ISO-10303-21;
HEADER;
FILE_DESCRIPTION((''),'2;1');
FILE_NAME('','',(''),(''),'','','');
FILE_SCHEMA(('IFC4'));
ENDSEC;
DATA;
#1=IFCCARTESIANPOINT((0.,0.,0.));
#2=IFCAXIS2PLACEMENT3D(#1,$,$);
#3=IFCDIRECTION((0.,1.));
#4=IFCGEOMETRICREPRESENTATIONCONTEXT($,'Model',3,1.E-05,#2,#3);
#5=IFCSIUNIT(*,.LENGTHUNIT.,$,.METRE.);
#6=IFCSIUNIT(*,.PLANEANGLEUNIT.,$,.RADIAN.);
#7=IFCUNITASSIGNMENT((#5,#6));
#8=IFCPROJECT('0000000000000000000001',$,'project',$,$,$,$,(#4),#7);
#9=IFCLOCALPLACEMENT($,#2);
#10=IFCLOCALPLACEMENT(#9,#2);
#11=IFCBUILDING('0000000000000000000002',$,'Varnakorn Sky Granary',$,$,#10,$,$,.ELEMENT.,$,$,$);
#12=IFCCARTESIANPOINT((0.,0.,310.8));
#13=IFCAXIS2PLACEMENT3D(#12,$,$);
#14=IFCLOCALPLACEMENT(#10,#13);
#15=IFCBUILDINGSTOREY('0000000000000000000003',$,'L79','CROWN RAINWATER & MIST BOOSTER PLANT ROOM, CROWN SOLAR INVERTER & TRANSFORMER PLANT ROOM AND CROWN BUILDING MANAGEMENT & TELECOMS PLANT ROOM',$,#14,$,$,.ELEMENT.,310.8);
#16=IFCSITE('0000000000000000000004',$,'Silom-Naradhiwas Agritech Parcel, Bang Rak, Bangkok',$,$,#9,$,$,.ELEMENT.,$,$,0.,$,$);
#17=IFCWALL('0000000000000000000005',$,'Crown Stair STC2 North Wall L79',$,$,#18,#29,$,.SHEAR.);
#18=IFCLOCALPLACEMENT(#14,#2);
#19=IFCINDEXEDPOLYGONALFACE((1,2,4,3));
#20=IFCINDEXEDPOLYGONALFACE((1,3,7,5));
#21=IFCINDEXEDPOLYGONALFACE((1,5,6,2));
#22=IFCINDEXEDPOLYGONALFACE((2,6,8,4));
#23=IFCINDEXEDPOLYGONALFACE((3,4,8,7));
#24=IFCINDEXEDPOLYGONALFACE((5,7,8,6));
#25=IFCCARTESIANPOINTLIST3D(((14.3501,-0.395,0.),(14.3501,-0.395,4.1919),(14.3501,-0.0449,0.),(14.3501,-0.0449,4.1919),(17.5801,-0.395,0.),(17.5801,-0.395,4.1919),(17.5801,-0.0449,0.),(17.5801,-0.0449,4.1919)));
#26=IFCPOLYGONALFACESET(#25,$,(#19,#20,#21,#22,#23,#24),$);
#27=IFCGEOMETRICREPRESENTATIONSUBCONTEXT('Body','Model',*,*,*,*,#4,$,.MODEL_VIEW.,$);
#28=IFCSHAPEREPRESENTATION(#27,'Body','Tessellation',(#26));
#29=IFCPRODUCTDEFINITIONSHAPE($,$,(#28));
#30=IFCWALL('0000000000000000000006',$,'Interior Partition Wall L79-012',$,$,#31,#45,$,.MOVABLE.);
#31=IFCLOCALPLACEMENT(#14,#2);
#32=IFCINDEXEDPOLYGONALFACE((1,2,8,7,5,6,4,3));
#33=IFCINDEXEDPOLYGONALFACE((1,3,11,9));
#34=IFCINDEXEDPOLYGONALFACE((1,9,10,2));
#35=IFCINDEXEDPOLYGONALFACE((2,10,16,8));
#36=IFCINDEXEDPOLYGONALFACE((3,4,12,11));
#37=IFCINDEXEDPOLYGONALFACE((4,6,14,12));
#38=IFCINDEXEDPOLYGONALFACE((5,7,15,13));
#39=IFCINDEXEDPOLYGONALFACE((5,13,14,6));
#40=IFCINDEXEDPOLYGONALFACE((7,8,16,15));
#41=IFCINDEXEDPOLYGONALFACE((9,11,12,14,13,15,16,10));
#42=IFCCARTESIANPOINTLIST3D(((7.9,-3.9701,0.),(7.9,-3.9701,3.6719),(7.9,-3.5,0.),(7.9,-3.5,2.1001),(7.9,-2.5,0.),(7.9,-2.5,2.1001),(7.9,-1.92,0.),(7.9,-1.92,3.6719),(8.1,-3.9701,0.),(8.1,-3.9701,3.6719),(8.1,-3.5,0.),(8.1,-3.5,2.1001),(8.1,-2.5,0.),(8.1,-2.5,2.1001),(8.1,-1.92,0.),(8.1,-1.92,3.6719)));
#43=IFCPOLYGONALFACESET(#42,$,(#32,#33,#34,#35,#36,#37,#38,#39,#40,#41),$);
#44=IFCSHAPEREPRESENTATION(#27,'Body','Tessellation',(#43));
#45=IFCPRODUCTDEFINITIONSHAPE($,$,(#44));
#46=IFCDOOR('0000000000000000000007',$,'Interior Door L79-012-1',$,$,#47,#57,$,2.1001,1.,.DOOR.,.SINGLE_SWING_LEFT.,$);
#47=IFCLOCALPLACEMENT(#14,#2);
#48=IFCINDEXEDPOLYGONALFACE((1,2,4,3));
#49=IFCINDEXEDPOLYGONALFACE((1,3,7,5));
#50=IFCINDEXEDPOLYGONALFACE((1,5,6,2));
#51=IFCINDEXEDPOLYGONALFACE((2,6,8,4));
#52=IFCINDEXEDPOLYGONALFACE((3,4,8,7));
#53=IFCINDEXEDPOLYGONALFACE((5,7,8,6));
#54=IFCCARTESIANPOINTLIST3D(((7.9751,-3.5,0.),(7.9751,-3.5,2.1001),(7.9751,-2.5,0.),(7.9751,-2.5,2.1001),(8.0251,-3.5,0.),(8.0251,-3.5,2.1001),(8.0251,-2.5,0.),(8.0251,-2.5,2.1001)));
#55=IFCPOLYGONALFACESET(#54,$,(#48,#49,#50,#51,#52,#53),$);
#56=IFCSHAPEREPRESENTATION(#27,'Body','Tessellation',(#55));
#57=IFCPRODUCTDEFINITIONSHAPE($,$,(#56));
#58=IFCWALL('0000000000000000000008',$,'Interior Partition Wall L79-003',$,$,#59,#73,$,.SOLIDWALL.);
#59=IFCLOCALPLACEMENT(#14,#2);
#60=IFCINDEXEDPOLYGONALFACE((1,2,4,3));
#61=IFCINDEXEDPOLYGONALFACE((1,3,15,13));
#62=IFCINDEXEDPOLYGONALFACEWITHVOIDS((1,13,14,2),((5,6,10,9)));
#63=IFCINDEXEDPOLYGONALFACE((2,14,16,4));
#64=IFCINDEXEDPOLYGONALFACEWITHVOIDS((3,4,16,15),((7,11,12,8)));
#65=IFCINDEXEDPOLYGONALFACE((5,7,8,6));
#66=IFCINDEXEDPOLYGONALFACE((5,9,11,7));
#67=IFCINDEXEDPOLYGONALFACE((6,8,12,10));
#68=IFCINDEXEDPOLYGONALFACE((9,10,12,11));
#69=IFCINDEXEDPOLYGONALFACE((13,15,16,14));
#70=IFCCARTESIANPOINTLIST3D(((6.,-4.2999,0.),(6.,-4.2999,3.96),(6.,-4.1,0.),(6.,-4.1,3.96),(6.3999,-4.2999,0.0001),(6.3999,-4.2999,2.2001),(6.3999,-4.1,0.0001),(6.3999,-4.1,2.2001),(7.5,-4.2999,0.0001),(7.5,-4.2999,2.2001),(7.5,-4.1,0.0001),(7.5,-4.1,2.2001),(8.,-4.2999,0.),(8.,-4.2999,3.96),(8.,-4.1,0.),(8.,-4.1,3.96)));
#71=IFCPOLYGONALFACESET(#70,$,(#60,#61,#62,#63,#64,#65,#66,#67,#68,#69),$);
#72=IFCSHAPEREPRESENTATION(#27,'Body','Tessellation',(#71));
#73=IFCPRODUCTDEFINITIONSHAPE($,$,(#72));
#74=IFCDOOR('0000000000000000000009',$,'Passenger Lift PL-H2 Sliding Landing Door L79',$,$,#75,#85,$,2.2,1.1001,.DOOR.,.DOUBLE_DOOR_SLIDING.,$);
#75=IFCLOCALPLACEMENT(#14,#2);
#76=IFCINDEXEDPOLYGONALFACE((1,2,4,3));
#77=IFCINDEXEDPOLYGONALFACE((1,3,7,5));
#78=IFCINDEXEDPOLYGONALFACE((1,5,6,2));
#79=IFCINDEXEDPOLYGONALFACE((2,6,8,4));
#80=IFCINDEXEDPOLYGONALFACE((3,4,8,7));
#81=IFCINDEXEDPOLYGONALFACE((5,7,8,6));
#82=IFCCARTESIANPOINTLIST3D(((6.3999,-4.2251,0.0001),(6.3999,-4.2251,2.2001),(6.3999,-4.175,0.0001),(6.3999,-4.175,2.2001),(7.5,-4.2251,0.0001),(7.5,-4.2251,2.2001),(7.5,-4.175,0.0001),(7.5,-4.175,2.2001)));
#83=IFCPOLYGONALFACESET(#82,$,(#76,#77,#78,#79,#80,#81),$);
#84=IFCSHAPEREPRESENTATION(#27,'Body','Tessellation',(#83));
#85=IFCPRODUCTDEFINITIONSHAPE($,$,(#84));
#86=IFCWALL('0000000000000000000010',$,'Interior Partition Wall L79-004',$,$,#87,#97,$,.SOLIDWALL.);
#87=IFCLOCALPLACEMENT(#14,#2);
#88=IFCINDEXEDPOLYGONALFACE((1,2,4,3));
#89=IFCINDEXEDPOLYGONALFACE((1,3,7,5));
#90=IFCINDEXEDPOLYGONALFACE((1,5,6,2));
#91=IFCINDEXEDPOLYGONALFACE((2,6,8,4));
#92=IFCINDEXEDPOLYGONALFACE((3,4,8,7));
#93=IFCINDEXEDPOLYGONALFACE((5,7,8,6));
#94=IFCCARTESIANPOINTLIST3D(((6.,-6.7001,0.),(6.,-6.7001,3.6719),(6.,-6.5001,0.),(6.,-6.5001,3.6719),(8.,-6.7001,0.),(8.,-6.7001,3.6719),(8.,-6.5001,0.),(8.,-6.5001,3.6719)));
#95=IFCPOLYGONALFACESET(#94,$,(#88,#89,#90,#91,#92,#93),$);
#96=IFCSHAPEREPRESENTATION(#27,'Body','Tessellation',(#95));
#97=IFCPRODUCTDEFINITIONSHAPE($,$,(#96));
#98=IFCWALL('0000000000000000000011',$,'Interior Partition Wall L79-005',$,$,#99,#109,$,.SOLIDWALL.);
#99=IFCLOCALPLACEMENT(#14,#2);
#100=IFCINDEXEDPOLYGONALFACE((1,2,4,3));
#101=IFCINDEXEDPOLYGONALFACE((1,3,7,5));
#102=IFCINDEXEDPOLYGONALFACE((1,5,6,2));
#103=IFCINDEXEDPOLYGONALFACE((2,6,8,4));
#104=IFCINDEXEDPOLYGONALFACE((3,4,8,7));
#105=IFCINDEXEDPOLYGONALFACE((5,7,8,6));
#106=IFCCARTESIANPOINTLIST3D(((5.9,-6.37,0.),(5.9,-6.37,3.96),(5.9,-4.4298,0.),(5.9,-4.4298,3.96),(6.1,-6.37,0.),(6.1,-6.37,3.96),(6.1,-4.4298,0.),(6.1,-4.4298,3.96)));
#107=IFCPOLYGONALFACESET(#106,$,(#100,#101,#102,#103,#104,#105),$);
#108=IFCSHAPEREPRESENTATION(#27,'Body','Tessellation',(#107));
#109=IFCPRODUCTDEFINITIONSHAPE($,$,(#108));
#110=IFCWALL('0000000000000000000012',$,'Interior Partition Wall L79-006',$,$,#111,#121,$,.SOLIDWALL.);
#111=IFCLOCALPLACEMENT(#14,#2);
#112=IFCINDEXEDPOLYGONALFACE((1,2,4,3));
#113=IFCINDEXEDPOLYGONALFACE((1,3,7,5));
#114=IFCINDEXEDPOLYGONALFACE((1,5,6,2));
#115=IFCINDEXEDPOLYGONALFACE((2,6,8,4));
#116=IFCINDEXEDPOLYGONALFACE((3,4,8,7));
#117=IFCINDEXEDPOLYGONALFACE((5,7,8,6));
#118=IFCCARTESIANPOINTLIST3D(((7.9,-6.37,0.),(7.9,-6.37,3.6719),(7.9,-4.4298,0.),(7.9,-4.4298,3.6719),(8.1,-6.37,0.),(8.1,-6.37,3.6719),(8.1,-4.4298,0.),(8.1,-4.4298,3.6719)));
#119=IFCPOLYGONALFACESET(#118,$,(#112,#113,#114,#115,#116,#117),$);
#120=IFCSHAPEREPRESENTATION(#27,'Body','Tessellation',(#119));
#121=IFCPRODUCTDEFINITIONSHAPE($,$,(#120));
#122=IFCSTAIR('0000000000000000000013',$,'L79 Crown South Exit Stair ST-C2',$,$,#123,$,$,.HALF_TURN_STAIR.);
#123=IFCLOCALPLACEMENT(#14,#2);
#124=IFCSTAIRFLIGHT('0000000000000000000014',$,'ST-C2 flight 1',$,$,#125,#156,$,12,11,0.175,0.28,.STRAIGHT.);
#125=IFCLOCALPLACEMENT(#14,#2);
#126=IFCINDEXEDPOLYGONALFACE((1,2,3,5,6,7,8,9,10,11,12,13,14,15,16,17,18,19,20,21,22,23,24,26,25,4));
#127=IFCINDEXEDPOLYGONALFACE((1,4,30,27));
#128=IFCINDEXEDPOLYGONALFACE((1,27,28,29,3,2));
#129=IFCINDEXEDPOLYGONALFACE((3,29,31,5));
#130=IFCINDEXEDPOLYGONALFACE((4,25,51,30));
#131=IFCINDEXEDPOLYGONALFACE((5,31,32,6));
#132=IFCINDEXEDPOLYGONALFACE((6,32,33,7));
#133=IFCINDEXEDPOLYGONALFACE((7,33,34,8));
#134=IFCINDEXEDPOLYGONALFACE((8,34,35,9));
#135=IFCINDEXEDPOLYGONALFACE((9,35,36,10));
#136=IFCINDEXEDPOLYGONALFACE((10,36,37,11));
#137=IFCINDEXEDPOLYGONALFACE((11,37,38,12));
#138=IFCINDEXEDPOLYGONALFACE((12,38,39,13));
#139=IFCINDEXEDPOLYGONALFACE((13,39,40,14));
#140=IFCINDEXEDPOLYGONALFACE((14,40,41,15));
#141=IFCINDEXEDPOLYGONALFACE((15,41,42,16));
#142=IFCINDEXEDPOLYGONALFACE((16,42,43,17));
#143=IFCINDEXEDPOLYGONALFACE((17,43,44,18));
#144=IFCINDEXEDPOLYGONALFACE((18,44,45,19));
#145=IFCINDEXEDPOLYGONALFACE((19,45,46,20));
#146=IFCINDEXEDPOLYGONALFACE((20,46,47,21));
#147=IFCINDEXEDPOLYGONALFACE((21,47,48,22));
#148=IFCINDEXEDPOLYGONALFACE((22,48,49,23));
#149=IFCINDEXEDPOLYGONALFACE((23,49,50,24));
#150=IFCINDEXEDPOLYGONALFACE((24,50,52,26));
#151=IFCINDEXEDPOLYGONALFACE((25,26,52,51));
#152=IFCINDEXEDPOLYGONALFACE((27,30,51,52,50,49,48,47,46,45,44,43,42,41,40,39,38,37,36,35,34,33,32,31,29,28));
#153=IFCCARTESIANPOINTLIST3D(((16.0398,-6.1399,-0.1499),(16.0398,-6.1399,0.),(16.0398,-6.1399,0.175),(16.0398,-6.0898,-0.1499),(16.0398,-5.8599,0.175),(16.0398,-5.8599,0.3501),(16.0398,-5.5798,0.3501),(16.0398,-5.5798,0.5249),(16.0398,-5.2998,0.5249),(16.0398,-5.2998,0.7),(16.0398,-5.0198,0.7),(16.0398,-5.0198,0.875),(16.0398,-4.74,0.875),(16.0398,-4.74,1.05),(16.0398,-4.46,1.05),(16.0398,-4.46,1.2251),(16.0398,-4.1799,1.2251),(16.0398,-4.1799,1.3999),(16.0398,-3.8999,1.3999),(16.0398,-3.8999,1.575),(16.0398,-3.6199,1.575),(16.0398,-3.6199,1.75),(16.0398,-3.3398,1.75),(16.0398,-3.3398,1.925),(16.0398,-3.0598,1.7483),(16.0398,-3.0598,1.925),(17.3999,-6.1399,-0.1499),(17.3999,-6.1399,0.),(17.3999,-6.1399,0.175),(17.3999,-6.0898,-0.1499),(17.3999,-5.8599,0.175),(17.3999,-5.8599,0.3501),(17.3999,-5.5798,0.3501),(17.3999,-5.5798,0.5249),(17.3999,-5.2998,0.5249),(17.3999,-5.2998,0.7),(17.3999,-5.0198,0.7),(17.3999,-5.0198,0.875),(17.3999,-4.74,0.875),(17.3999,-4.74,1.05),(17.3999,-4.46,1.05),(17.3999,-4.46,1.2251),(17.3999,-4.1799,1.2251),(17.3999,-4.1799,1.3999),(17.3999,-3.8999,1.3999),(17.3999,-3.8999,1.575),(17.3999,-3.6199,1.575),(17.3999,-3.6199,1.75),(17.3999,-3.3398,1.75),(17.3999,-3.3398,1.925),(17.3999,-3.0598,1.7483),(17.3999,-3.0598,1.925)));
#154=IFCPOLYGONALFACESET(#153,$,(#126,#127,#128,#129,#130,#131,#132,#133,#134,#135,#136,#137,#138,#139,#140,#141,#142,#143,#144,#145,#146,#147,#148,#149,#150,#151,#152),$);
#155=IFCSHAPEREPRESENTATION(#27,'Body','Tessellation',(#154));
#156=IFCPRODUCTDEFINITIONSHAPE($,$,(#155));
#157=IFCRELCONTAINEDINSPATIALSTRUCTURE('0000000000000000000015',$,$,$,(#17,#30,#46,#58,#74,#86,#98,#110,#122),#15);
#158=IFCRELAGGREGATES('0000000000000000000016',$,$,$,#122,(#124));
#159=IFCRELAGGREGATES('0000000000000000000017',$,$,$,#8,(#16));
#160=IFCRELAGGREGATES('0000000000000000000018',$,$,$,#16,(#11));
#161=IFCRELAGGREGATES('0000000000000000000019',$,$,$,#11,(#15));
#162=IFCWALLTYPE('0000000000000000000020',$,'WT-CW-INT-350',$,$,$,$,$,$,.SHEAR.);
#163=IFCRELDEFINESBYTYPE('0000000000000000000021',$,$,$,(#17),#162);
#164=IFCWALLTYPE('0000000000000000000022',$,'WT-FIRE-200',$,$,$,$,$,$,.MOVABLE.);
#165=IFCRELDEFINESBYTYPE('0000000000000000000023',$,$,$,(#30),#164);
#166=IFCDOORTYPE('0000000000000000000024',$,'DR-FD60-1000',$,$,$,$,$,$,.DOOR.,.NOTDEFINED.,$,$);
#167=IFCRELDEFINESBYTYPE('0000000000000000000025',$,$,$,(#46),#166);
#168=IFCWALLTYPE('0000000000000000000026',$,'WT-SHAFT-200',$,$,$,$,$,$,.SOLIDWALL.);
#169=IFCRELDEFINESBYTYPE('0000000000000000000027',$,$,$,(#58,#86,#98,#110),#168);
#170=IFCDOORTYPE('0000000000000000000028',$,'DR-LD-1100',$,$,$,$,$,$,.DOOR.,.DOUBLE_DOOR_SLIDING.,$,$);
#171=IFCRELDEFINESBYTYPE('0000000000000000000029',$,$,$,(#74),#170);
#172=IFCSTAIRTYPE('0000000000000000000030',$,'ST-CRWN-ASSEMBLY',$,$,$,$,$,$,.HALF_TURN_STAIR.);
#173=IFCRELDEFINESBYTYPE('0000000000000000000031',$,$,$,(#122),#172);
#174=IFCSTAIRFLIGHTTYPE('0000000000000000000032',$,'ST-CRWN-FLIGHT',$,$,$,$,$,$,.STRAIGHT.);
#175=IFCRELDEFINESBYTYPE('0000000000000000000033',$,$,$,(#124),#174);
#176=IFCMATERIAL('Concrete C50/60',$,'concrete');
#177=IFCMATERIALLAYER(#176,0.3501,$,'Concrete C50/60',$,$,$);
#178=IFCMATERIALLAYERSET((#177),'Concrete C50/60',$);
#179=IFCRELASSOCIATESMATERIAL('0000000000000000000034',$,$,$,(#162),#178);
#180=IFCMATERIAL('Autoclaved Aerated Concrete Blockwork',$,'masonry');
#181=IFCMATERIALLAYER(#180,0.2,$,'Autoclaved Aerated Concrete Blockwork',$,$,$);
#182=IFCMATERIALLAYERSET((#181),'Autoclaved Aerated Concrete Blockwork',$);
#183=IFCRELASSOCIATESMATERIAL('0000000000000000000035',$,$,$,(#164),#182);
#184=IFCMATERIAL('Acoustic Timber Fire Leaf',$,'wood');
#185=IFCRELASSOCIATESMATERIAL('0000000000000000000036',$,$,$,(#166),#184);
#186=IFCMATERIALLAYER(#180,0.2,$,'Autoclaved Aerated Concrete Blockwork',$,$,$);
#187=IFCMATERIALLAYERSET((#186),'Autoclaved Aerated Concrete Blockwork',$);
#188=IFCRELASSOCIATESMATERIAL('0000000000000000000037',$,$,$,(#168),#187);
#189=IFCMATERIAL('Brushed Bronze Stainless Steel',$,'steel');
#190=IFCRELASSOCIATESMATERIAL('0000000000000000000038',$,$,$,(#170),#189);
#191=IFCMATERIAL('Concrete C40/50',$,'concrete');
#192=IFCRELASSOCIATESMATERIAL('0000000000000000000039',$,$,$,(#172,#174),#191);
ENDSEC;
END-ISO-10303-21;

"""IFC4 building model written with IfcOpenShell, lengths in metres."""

from ifc_helpers import new_model, si_unit, direction, frame, frame_2d, origin, place, context, subcontext, project, spatial, polyline, rectangle, outline, extrude, material, layer, layer_set, type_object, element, fill, aggregate, save


model = new_model("IFC4")

# Units and contexts
model_context = context("Model", 3, precision=1e-05, world=origin(), true_north=direction((0.0, 1.0)))
body_context = subcontext(model_context, "Body", "Model", "MODEL_VIEW")
ifc_project = project(units=[si_unit("LENGTHUNIT", "METRE"), si_unit("PLANEANGLEUNIT", "RADIAN")], contexts=[model_context])

# Site, building, storey
site_placement = place(None, origin())
site = spatial("IfcSite", under=ifc_project, at=site_placement, Name="Silom-Naradhiwas Agritech Parcel, Bang Rak, Bangkok", CompositionType="ELEMENT", RefElevation=0.0)
building_placement = place(site_placement, origin())
building = spatial("IfcBuilding", under=site, at=building_placement, Name="Varnakorn Sky Granary", CompositionType="ELEMENT")
storey_placement = place(building_placement, frame((0.0, 0.0, 310.8)))
storey = spatial("IfcBuildingStorey", under=building, at=storey_placement, Name="L79", Description="CROWN RAINWATER & MIST BOOSTER PLANT ROOM, CROWN SOLAR INVERTER & TRANSFORMER PLANT ROOM AND CROWN BUILDING MANAGEMENT & TELECOMS PLANT ROOM", CompositionType="ELEMENT", Elevation=310.8)

# Shared definitions
ifc_material_1 = material(Name="Concrete C50/60", Category="concrete")

# Wall
ifc_layer_1 = layer(ifc_material_1, 0.3501, Name="Concrete C50/60")
ifc_layer_set_1 = layer_set([ifc_layer_1], Name="Concrete C50/60")
wall_type_1 = type_object("IfcWallType", Name="WT-CW-INT-350", PredefinedType="SHEAR", material=ifc_layer_set_1)
for number, where, z_axis, x_axis, name in (
    (1, (14.3501, -0.22, 0.0), (0.0, 0.0, 1.0), (1.0, 0.0, 0.0), "Crown Stair STC2 North Wall L79"),
):
    element("IfcWall", number, at=place(storey_placement, frame(where, z_axis=z_axis, x_axis=x_axis)), inside=storey, type_object=wall_type_1, Name=name, PredefinedType="SHEAR", context=body_context, shape_type="SweptSolid", body=[
        extrude(rectangle(XDim=3.23, YDim=0.3501, at=frame_2d((1.615, 0.0))), origin(), (0.0, 0.0, 1.0), 4.1919),
    ])

# Walls, openings, doors
ifc_material_2 = material(Name="Autoclaved Aerated Concrete Blockwork", Category="masonry")
ifc_layer_2 = layer(ifc_material_2, 0.2, Name="Autoclaved Aerated Concrete Blockwork")
ifc_layer_set_2 = layer_set([ifc_layer_2], Name="Autoclaved Aerated Concrete Blockwork")
wall_type_2 = type_object("IfcWallType", Name="WT-FIRE-200", PredefinedType="MOVABLE", material=ifc_layer_set_2)
wall_1_placement = place(storey_placement, frame((8.0, -3.97, 0.0), z_axis=(0.0, 0.0, 1.0), x_axis=(0.0, 1.0, 0.0)))
wall_1 = element("IfcWall", 2, at=wall_1_placement, inside=storey, type_object=wall_type_2, Name="Interior Partition Wall L79-012", PredefinedType="MOVABLE", context=body_context, shape_type="SweptSolid", body=[
    extrude(rectangle(XDim=2.05, YDim=0.2, at=frame_2d((1.0249, 0.0))), origin(), (0.0, 0.0, 1.0), 3.6719),
])
opening_1_placement = place(wall_1_placement, frame((0.47, 0.0, 0.0)))
opening_1 = element("IfcOpeningElement", 3, at=opening_1_placement, cuts=wall_1, PredefinedType="OPENING", context=body_context, shape_type="SweptSolid", body=[
    extrude(rectangle(XDim=1.0, YDim=2.1001, at=frame_2d((0.5, 1.05))), frame((0.0, 0.1099, 0.0), z_axis=(0.0, -1.0, 0.0), x_axis=(1.0, 0.0, 0.0)), (0.0, 0.0, 1.0), 0.22),
])
ifc_material_3 = material(Name="Acoustic Timber Fire Leaf", Category="wood")
door_type_1 = type_object("IfcDoorType", Name="DR-FD60-1000", OperationType="NOTDEFINED", PredefinedType="DOOR", material=ifc_material_3)
door_1_placement = place(opening_1_placement, origin())
door_1 = element("IfcDoor", 4, at=door_1_placement, inside=storey, type_object=door_type_1, Name="Interior Door L79-012-1", OperationType="SINGLE_SWING_LEFT", OverallHeight=2.1001, OverallWidth=1.0, PredefinedType="DOOR", context=body_context, shape_type="SweptSolid", body=[
    extrude(rectangle(XDim=1.0, YDim=2.1001, at=frame_2d((0.5, 1.05))), frame((0.0, 0.0249, 0.0), z_axis=(0.0, -1.0, 0.0), x_axis=(1.0, 0.0, 0.0)), (0.0, 0.0, 1.0), 0.05),
])
fill(opening_1, door_1)
ifc_layer_3 = layer(ifc_material_2, 0.2, Name="Autoclaved Aerated Concrete Blockwork")
ifc_layer_set_3 = layer_set([ifc_layer_3], Name="Autoclaved Aerated Concrete Blockwork")
wall_type_3 = type_object("IfcWallType", Name="WT-SHAFT-200", PredefinedType="SOLIDWALL", material=ifc_layer_set_3)
wall_2_placement = place(storey_placement, frame((6.0, -4.2, 0.0), z_axis=(0.0, 0.0, 1.0), x_axis=(1.0, 0.0, 0.0)))
wall_2 = element("IfcWall", 5, at=wall_2_placement, inside=storey, type_object=wall_type_3, Name="Interior Partition Wall L79-003", PredefinedType="SOLIDWALL", context=body_context, shape_type="SweptSolid", body=[
    extrude(rectangle(XDim=2.0, YDim=0.2, at=frame_2d((1.0, 0.0))), origin(), (0.0, 0.0, 1.0), 3.96),
])
opening_2_placement = place(wall_2_placement, frame((0.3999, 0.0, 0.0)))
opening_2 = element("IfcOpeningElement", 6, at=opening_2_placement, cuts=wall_2, PredefinedType="OPENING", context=body_context, shape_type="SweptSolid", body=[
    extrude(rectangle(XDim=1.1001, YDim=2.2, at=frame_2d((0.55, 1.1001))), frame((0.0, 0.1099, 0.0), z_axis=(0.0, -1.0, 0.0), x_axis=(1.0, 0.0, 0.0)), (0.0, 0.0, 1.0), 0.22),
])
ifc_material_4 = material(Name="Brushed Bronze Stainless Steel", Category="steel")
door_type_2 = type_object("IfcDoorType", Name="DR-LD-1100", OperationType="DOUBLE_DOOR_SLIDING", PredefinedType="DOOR", material=ifc_material_4)
door_2_placement = place(opening_2_placement, origin())
door_2 = element("IfcDoor", 7, at=door_2_placement, inside=storey, type_object=door_type_2, Name="Passenger Lift PL-H2 Sliding Landing Door L79", OperationType="DOUBLE_DOOR_SLIDING", OverallHeight=2.2, OverallWidth=1.1001, PredefinedType="DOOR", context=body_context, shape_type="SweptSolid", body=[
    extrude(rectangle(XDim=1.1001, YDim=2.2, at=frame_2d((0.55, 1.1001))), frame((0.0, 0.0249, 0.0), z_axis=(0.0, -1.0, 0.0), x_axis=(1.0, 0.0, 0.0)), (0.0, 0.0, 1.0), 0.05),
])
fill(opening_2, door_2)

# Walls
wall_3_placement = place(storey_placement, frame((6.0, -6.6001, 0.0), z_axis=(0.0, 0.0, 1.0), x_axis=(1.0, 0.0, 0.0)))
element("IfcWall", 8, at=wall_3_placement, inside=storey, type_object=wall_type_3, Name="Interior Partition Wall L79-004", PredefinedType="SOLIDWALL", context=body_context, shape_type="SweptSolid", body=[
    extrude(rectangle(XDim=2.0, YDim=0.2, at=frame_2d((1.0, 0.0))), origin(), (0.0, 0.0, 1.0), 3.6719),
])
wall_4_placement = place(storey_placement, frame((6.0, -6.3701, 0.0), z_axis=(0.0, 0.0, 1.0), x_axis=(0.0, 1.0, 0.0)))
element("IfcWall", 9, at=wall_4_placement, inside=storey, type_object=wall_type_3, Name="Interior Partition Wall L79-005", PredefinedType="SOLIDWALL", context=body_context, shape_type="SweptSolid", body=[
    extrude(rectangle(XDim=1.9402, YDim=0.2, at=frame_2d((0.9702, 0.0))), origin(), (0.0, 0.0, 1.0), 3.96),
])
wall_5_placement = place(storey_placement, frame((8.0, -6.3701, 0.0), z_axis=(0.0, 0.0, 1.0), x_axis=(0.0, 1.0, 0.0)))
element("IfcWall", 10, at=wall_5_placement, inside=storey, type_object=wall_type_3, Name="Interior Partition Wall L79-006", PredefinedType="SOLIDWALL", context=body_context, shape_type="SweptSolid", body=[
    extrude(rectangle(XDim=1.9402, YDim=0.2, at=frame_2d((0.9702, 0.0))), origin(), (0.0, 0.0, 1.0), 3.6719),
])

# Stair, stair flight
ifc_material_5 = material(Name="Concrete C40/50", Category="concrete")
stair_type = type_object("IfcStairType", Name="ST-CRWN-ASSEMBLY", PredefinedType="HALF_TURN_STAIR", material=ifc_material_5)
stair_placement = place(storey_placement, origin())
stair = element("IfcStair", 11, at=stair_placement, inside=storey, type_object=stair_type, Name="L79 Crown South Exit Stair ST-C2", PredefinedType="HALF_TURN_STAIR")
stair_flight_type = type_object("IfcStairFlightType", Name="ST-CRWN-FLIGHT", PredefinedType="STRAIGHT", material=ifc_material_5)
stair_flight_1_placement = place(storey_placement, frame((16.72, -6.1399, 0.0), z_axis=(0.0, 0.0, 1.0), x_axis=(0.0, 1.0, 0.0)))
stair_flight_1 = element("IfcStairFlight", 12, at=stair_flight_1_placement, type_object=stair_flight_type, Name="ST-C2 flight 1", NumberOfRisers=12, NumberOfTreads=11, PredefinedType="STRAIGHT", RiserHeight=0.175, TreadLength=0.28, context=body_context, shape_type="SweptSolid", body=[
    extrude(outline(polyline([(0.0, -0.1499), (0.0, 0.0), (0.0, 0.175), (0.28, 0.175), (0.28, 0.3501), (0.5601, 0.3501), (0.5601, 0.5249), (0.8401, 0.5249), (0.8401, 0.7), (1.1201, 0.7), (1.1201, 0.875), (1.3999, 0.875), (1.3999, 1.05), (1.6799, 1.05), (1.6799, 1.2251), (1.96, 1.2251), (1.96, 1.3999), (2.24, 1.3999), (2.24, 1.575), (2.52, 1.575), (2.52, 1.75), (2.8, 1.75), (2.8, 1.925), (3.0801, 1.925), (3.0801, 2.1001), (3.0801, 1.7483), (0.05, -0.1499), (0.0, -0.1499)])), frame((0.0, 0.6802, 0.0), z_axis=(0.0, -1.0, 0.0), x_axis=(1.0, 0.0, 0.0)), (0.0, 0.0, 1.0), 1.3601),
])
aggregate(stair, [stair_flight_1])

save(model, "model.ifc")
